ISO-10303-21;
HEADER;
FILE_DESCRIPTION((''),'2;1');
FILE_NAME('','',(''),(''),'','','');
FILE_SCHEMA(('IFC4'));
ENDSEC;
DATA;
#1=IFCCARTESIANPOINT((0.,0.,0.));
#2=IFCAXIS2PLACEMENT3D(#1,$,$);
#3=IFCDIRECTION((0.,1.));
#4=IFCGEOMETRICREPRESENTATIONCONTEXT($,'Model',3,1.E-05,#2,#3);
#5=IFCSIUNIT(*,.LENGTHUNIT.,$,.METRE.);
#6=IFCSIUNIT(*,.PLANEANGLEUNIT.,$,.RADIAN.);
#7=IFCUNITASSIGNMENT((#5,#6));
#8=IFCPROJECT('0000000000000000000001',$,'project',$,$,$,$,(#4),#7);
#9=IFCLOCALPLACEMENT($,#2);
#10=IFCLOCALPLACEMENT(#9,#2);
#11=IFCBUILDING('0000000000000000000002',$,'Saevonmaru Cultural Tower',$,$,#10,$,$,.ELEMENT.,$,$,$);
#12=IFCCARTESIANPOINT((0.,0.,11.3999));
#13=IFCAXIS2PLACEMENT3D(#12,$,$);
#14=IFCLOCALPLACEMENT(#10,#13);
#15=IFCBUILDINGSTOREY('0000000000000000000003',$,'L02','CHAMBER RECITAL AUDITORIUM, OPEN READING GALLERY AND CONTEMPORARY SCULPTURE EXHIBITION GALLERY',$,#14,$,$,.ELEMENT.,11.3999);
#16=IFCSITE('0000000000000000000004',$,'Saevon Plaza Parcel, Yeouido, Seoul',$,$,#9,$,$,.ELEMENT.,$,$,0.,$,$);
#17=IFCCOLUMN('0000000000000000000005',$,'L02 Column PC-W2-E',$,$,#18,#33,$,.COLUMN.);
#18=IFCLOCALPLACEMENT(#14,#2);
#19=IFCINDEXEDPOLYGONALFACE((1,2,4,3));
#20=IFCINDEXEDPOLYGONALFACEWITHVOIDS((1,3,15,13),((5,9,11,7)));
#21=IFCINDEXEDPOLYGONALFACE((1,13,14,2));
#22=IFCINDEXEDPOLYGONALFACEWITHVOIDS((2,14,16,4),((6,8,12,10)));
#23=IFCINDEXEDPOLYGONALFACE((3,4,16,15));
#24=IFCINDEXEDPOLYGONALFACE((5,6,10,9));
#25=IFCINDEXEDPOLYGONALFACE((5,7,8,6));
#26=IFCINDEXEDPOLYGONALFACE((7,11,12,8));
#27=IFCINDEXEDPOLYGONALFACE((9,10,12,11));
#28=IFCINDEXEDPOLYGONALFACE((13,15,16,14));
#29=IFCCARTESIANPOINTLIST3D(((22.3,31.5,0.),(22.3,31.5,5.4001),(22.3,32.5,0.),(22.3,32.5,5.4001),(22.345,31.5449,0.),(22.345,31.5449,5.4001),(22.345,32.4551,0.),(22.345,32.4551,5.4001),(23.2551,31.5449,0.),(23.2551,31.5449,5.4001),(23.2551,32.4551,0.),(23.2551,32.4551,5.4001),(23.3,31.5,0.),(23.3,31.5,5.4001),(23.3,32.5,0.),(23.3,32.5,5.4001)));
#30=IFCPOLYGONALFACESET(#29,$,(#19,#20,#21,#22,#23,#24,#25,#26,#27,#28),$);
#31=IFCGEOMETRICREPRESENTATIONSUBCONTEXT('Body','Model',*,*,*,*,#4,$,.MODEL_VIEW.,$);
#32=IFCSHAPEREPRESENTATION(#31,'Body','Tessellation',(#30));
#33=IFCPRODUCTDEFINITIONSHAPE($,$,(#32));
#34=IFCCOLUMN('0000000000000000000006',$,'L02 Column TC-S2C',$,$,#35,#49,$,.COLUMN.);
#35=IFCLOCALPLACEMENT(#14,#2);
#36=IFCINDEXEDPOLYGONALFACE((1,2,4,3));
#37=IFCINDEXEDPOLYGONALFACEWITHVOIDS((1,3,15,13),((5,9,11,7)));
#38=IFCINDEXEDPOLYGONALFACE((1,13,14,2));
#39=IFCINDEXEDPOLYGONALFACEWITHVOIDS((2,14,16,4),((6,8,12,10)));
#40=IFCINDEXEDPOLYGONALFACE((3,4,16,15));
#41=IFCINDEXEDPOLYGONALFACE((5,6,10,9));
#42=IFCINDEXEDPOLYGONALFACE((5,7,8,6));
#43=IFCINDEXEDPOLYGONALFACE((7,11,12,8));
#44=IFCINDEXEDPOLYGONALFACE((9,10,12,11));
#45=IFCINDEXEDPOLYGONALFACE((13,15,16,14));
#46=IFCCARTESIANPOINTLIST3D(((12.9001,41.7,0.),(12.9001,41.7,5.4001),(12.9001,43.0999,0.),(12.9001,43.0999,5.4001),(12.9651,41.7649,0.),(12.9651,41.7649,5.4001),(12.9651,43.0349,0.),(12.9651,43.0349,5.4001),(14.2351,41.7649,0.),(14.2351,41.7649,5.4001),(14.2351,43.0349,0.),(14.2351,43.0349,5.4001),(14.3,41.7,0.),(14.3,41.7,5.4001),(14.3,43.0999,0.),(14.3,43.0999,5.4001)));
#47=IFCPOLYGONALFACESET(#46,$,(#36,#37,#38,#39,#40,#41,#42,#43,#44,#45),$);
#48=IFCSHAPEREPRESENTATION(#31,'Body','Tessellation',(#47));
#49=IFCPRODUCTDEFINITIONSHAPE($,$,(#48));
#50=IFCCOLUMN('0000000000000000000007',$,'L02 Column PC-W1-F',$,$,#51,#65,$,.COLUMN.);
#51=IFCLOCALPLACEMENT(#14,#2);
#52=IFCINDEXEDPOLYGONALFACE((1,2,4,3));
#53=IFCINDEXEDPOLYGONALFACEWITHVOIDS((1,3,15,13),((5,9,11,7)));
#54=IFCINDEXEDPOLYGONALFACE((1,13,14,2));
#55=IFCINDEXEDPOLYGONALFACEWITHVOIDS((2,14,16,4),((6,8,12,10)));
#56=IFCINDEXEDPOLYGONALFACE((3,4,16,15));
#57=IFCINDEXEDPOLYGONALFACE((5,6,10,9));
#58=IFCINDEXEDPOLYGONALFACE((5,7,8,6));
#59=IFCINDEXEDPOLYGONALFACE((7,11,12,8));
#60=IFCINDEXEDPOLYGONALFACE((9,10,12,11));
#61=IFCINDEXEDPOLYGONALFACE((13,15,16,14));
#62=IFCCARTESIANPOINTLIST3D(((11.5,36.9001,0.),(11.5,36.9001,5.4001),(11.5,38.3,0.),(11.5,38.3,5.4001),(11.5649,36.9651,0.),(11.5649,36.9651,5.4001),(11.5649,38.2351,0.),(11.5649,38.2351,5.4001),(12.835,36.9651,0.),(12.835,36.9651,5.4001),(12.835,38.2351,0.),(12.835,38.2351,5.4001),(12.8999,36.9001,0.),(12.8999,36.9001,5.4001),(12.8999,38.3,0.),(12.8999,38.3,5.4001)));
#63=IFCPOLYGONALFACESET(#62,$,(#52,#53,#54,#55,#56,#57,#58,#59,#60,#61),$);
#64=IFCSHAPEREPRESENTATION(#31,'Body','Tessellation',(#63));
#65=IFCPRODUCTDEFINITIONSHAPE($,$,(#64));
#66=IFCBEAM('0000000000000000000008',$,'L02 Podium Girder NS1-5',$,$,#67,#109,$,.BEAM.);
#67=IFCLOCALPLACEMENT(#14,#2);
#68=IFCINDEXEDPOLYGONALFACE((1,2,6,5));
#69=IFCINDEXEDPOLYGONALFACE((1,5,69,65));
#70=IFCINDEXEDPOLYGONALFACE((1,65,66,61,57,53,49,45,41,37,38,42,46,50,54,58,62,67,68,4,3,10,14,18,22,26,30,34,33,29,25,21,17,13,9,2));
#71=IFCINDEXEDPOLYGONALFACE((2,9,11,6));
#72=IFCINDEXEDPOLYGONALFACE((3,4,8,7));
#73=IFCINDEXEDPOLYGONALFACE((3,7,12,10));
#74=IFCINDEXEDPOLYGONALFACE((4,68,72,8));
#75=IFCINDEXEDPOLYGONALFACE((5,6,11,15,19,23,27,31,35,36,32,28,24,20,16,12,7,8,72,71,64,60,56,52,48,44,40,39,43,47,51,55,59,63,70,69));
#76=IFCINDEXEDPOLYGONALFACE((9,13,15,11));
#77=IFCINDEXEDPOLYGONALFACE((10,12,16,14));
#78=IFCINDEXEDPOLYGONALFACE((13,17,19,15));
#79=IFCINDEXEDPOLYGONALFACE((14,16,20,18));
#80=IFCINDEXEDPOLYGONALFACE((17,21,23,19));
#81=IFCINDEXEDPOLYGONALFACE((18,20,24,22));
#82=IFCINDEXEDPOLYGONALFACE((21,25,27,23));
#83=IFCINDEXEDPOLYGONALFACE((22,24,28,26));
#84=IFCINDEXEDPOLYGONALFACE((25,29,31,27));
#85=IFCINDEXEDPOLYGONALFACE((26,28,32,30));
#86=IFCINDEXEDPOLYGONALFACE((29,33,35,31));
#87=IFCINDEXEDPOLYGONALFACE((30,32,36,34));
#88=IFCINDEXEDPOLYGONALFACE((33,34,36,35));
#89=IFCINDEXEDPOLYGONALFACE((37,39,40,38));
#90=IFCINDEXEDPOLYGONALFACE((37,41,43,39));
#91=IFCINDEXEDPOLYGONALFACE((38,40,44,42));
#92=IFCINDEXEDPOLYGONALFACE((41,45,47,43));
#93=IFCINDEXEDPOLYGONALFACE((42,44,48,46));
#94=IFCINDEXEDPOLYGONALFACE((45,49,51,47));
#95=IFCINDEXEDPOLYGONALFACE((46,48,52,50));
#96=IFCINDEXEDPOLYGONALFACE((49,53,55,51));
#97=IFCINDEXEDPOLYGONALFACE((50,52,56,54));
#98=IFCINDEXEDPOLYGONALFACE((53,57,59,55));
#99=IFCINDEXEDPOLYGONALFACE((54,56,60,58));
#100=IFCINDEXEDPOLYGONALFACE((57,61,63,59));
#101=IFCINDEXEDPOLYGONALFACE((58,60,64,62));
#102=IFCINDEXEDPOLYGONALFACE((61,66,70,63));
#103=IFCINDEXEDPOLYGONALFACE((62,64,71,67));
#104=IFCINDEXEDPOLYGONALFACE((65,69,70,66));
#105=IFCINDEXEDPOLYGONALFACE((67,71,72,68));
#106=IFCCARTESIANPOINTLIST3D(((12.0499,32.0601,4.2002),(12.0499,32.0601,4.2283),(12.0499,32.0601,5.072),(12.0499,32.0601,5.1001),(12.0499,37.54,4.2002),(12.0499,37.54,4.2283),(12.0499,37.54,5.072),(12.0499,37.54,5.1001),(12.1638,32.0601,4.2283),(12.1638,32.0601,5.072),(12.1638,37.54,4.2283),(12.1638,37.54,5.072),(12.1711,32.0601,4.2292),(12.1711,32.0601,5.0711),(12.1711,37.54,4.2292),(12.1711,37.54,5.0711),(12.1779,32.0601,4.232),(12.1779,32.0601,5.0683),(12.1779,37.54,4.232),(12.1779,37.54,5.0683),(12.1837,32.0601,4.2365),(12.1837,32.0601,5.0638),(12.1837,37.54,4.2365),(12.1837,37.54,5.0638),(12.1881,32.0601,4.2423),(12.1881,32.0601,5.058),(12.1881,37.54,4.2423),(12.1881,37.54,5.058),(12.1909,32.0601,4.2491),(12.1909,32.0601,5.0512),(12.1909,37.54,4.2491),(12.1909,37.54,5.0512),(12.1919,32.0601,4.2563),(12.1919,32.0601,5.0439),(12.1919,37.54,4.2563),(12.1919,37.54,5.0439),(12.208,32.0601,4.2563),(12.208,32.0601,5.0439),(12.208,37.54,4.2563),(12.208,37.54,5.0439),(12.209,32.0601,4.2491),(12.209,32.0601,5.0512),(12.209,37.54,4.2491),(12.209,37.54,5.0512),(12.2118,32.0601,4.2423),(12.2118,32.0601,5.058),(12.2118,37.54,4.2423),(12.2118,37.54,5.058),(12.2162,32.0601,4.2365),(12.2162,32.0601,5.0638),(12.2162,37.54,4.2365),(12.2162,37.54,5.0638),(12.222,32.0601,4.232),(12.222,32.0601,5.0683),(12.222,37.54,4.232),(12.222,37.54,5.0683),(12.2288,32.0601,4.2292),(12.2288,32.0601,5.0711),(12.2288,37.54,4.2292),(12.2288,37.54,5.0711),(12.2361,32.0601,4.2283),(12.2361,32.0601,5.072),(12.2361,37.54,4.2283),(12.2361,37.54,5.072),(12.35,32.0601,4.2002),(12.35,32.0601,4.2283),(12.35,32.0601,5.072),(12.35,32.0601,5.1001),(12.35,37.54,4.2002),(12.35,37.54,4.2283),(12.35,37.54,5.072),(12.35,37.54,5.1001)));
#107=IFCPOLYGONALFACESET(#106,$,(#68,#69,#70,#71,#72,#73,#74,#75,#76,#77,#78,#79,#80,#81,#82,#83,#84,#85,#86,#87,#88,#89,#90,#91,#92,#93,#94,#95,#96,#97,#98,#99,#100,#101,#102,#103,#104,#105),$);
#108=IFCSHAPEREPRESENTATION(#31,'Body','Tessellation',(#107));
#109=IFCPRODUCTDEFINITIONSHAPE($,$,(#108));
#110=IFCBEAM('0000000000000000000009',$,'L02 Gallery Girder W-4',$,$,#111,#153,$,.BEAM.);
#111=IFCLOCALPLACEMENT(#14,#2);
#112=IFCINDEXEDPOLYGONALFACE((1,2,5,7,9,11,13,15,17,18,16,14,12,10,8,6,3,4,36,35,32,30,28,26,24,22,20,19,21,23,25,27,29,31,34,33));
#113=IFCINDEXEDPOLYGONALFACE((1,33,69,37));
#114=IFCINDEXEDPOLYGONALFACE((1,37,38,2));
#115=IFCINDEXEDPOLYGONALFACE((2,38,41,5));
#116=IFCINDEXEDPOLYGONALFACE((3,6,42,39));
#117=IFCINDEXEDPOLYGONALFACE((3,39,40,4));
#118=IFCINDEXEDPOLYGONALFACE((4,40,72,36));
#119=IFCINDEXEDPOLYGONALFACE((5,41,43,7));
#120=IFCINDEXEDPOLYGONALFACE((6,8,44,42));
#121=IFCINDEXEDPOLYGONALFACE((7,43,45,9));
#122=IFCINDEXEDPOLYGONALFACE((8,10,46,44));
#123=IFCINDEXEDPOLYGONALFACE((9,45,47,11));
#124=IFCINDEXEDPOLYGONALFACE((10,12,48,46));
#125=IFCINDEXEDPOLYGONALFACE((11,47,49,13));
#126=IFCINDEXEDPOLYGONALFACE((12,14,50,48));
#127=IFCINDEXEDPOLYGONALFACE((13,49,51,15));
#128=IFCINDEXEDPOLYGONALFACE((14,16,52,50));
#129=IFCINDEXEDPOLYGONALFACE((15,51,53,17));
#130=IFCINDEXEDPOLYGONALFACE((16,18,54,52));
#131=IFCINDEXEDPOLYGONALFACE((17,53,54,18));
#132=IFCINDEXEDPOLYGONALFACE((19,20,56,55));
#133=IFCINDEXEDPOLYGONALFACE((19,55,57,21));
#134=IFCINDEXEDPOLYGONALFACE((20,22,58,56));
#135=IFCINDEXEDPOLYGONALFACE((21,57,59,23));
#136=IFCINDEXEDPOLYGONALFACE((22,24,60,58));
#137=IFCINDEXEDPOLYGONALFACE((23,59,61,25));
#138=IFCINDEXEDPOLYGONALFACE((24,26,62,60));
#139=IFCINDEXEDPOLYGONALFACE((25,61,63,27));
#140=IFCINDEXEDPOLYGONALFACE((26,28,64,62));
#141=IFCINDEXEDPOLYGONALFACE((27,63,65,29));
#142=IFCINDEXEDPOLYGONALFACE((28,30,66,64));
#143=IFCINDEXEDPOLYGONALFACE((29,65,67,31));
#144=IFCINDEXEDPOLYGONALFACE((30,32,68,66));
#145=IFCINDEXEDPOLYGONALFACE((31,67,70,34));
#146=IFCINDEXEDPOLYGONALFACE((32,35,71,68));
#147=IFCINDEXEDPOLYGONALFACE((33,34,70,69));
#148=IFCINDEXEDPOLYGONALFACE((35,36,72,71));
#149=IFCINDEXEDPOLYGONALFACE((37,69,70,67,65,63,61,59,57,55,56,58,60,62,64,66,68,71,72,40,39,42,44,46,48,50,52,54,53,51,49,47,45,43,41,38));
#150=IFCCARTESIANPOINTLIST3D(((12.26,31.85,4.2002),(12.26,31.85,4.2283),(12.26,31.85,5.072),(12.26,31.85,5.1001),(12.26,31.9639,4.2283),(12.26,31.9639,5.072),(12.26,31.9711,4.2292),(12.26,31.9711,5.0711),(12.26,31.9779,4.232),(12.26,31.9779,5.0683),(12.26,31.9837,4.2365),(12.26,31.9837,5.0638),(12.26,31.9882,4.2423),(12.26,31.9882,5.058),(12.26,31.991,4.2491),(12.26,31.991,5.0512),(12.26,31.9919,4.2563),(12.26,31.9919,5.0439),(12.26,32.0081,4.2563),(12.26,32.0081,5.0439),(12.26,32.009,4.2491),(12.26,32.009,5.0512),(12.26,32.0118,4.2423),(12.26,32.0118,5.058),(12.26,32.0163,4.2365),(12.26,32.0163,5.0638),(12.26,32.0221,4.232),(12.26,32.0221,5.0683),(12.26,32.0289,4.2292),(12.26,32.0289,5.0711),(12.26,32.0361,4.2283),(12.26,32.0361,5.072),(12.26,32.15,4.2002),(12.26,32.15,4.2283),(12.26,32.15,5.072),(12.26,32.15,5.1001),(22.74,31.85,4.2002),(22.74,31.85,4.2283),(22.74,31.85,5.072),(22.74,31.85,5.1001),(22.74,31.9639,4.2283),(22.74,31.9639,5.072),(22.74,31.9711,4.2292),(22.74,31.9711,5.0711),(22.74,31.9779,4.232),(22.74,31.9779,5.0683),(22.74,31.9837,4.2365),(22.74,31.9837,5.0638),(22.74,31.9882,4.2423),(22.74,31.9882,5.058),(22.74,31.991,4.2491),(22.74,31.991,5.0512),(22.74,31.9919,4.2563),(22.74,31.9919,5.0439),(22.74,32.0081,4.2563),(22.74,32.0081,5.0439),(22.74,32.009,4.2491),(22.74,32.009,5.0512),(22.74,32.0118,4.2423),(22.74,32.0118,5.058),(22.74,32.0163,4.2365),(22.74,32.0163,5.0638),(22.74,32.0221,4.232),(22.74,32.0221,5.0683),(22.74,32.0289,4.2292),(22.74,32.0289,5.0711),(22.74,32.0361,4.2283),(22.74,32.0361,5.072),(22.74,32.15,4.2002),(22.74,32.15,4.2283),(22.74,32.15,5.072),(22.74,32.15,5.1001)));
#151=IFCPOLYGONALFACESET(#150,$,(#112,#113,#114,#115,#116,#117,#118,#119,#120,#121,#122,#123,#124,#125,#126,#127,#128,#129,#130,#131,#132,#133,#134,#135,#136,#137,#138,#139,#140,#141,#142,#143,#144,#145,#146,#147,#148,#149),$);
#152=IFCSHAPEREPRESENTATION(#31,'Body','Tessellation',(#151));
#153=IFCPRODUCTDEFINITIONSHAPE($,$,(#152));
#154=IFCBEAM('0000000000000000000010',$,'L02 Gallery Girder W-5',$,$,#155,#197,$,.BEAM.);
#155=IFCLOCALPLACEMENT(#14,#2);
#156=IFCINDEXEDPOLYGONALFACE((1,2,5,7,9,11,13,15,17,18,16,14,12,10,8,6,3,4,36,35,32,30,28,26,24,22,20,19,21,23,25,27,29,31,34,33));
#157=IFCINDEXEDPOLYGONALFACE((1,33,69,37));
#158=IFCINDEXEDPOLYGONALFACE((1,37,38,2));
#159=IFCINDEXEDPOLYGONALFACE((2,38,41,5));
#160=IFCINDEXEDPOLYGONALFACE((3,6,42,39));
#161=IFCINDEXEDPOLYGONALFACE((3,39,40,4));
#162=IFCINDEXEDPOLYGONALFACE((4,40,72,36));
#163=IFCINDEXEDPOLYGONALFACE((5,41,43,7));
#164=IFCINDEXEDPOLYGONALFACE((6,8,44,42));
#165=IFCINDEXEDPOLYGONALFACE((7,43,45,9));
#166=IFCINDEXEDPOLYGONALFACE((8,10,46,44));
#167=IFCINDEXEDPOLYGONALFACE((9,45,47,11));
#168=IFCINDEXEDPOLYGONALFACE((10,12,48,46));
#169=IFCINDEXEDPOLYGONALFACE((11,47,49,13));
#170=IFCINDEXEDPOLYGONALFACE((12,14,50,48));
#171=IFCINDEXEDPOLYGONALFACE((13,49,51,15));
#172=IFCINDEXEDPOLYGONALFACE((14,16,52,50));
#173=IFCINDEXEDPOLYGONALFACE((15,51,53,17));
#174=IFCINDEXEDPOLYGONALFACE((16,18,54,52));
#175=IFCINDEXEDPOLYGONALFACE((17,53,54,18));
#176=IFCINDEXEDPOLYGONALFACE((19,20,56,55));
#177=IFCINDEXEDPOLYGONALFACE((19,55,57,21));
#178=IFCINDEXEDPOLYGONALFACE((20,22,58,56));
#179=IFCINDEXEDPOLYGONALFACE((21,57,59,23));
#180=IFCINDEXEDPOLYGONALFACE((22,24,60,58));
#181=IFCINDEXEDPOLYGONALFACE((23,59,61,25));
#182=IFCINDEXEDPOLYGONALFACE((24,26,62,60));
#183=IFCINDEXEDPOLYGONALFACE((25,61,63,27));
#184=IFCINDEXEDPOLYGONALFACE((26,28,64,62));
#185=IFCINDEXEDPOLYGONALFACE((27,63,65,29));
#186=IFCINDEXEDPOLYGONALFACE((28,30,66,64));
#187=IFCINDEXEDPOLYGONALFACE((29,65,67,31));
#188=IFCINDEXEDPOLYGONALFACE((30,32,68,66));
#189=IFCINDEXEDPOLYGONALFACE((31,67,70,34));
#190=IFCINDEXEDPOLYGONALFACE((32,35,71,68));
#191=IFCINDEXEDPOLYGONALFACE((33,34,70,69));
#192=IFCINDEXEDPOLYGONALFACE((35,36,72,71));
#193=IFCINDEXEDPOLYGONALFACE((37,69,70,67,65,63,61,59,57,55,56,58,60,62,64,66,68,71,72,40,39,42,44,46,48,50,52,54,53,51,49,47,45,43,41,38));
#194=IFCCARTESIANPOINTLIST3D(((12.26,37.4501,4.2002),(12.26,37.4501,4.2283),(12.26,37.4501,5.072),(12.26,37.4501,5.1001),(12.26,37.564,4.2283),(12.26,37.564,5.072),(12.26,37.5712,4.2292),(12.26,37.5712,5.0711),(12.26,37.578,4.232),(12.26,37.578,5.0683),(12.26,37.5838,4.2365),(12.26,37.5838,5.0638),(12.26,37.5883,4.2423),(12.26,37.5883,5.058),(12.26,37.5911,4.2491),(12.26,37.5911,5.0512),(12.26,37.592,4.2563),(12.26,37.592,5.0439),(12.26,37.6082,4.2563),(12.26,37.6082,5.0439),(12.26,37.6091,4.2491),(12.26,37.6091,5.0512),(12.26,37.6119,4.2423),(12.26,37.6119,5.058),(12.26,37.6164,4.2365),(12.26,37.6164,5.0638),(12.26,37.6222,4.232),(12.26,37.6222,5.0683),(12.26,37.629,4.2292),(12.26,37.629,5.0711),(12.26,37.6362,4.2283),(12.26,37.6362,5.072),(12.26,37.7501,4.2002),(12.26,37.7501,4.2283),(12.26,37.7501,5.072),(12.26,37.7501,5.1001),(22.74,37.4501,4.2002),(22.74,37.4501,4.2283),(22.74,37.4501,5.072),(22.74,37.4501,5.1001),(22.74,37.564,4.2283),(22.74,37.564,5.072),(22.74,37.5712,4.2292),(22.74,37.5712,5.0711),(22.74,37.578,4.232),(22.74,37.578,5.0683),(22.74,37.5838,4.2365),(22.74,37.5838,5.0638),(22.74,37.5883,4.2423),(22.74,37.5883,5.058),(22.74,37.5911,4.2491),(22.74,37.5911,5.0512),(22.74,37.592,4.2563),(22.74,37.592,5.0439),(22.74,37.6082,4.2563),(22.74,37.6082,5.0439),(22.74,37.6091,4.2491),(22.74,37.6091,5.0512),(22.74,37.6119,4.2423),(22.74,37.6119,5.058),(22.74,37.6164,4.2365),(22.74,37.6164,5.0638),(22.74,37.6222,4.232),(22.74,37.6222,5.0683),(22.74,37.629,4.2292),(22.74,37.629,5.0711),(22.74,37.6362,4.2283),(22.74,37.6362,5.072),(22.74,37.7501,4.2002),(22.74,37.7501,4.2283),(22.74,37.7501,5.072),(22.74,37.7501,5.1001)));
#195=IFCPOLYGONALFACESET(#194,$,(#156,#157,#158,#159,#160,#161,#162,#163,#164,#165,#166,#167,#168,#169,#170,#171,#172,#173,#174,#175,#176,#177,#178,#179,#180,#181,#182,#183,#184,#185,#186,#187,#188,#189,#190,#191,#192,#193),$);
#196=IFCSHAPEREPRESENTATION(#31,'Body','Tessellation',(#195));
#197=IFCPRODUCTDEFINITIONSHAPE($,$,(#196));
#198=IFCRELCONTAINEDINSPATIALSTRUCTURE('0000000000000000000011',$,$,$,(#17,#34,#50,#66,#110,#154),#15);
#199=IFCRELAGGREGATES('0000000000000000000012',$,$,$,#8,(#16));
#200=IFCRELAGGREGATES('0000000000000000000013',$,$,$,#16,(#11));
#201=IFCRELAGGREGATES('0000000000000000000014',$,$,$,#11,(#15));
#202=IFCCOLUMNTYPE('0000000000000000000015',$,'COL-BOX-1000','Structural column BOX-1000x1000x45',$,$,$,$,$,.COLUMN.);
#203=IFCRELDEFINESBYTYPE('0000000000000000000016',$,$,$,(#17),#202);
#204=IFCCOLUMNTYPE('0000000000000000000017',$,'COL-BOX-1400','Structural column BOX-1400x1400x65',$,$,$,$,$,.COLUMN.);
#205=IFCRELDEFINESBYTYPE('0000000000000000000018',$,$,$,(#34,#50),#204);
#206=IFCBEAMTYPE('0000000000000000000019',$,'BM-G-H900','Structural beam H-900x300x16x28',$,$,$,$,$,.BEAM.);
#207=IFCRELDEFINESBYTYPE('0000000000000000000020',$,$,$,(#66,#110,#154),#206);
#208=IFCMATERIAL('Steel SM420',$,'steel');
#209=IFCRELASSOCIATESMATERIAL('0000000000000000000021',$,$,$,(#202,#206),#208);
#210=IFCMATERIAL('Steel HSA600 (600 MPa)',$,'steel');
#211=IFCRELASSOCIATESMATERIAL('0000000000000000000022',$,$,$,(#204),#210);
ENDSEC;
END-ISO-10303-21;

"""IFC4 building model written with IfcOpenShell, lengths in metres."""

from ifc_helpers import new_model, si_unit, direction, frame, origin, origin_2d, place, context, subcontext, project, spatial, hollow_rectangle, i_section, extrude, material, material_profile, profile_set, type_object, element, save


model = new_model("IFC4")

# Units and contexts
model_context = context("Model", 3, precision=1e-05, world=origin(), true_north=direction((0.0, 1.0)))
body_context = subcontext(model_context, "Body", "Model", "MODEL_VIEW")
ifc_project = project(units=[si_unit("LENGTHUNIT", "METRE"), si_unit("PLANEANGLEUNIT", "RADIAN")], contexts=[model_context])

# Site, building, storey
site_placement = place(None, origin())
site = spatial("IfcSite", under=ifc_project, at=site_placement, Name="Saevon Plaza Parcel, Yeouido, Seoul", CompositionType="ELEMENT", RefElevation=0.0)
building_placement = place(site_placement, origin())
building = spatial("IfcBuilding", under=site, at=building_placement, Name="Saevonmaru Cultural Tower", CompositionType="ELEMENT")
storey_placement = place(building_placement, frame((0.0, 0.0, 11.3999)))
storey = spatial("IfcBuildingStorey", under=building, at=storey_placement, Name="L02", Description="CHAMBER RECITAL AUDITORIUM, OPEN READING GALLERY AND CONTEMPORARY SCULPTURE EXHIBITION GALLERY", CompositionType="ELEMENT", Elevation=11.3999)

# Columns
ifc_material_1 = material(Name="Steel SM420", Category="steel")
ifc_material_profile_1 = material_profile(ifc_material_1, hollow_rectangle(XDim=1.0, YDim=1.0, WallThickness=0.0449, at=origin_2d()), Name="BOX-1000x1000x45")
ifc_profile_set_1 = profile_set([ifc_material_profile_1], Name="Steel SM420")
column_type_1 = type_object("IfcColumnType", Name="COL-BOX-1000", Description="Structural column BOX-1000x1000x45", PredefinedType="COLUMN", material=ifc_profile_set_1)
column_placement = place(storey_placement, frame((22.8, 32.0, 0.0), z_axis=(0.0, 0.0, 1.0), x_axis=(1.0, 0.0, 0.0)))
element("IfcColumn", 1, at=column_placement, inside=storey, type_object=column_type_1, Name="L02 Column PC-W2-E", PredefinedType="COLUMN", context=body_context, shape_type="SweptSolid", body=[
    extrude(hollow_rectangle(XDim=1.0, YDim=1.0, WallThickness=0.0449, at=origin_2d()), origin(), (0.0, 0.0, 1.0), 5.4001),
])
ifc_material_2 = material(Name="Steel HSA600 (600 MPa)", Category="steel")
ifc_material_profile_2 = material_profile(ifc_material_2, hollow_rectangle(XDim=1.3999, YDim=1.3999, WallThickness=0.0649, at=origin_2d()), Name="BOX-1400x1400x65")
ifc_profile_set_2 = profile_set([ifc_material_profile_2], Name="Steel HSA600 (600 MPa)")
column_type_2 = type_object("IfcColumnType", Name="COL-BOX-1400", Description="Structural column BOX-1400x1400x65", PredefinedType="COLUMN", material=ifc_profile_set_2)
for number, where, z_axis, x_axis, name in (
    (2, (13.6001, 42.3999, 0.0), (0.0, 0.0, 1.0), (1.0, 0.0, 0.0), "L02 Column TC-S2C"),
    (3, (12.2, 37.6001, 0.0), (0.0, 0.0, 1.0), (1.0, 0.0, 0.0), "L02 Column PC-W1-F"),
):
    element("IfcColumn", number, at=place(storey_placement, frame(where, z_axis=z_axis, x_axis=x_axis)), inside=storey, type_object=column_type_2, Name=name, PredefinedType="COLUMN", context=body_context, shape_type="SweptSolid", body=[
        extrude(hollow_rectangle(XDim=1.3999, YDim=1.3999, WallThickness=0.0649, at=origin_2d()), origin(), (0.0, 0.0, 1.0), 5.4001),
    ])

# Beams
ifc_material_profile_3 = material_profile(ifc_material_1, i_section(OverallWidth=0.3, OverallDepth=0.8999, WebThickness=0.0161, FlangeThickness=0.0281, FilletRadius=0.0281, at=origin_2d()), Name="H-900x300x16x28")
ifc_profile_set_3 = profile_set([ifc_material_profile_3], Name="Steel SM420")
beam_type_1 = type_object("IfcBeamType", Name="BM-G-H900", Description="Structural beam H-900x300x16x28", PredefinedType="BEAM", material=ifc_profile_set_3)
beam_1_placement = place(storey_placement, frame((12.2, 32.0601, 4.6501), z_axis=(0.0, 1.0, 0.0), x_axis=(-1.0, 0.0, 0.0)))
element("IfcBeam", 4, at=beam_1_placement, inside=storey, type_object=beam_type_1, Name="L02 Podium Girder NS1-5", PredefinedType="BEAM", context=body_context, shape_type="SweptSolid", body=[
    extrude(i_section(OverallWidth=0.3, OverallDepth=0.8999, WebThickness=0.0161, FlangeThickness=0.0281, FilletRadius=0.0281, at=origin_2d()), origin(), (0.0, 0.0, 1.0), 5.48),
])
for number, where, z_axis, x_axis, name in (
    (5, (12.26, 32.0, 4.6501), (1.0, 0.0, 0.0), (0.0, 1.0, 0.0), "L02 Gallery Girder W-4"),
    (6, (12.26, 37.6001, 4.6501), (1.0, 0.0, 0.0), (0.0, 1.0, 0.0), "L02 Gallery Girder W-5"),
):
    element("IfcBeam", number, at=place(storey_placement, frame(where, z_axis=z_axis, x_axis=x_axis)), inside=storey, type_object=beam_type_1, Name=name, PredefinedType="BEAM", context=body_context, shape_type="SweptSolid", body=[
        extrude(i_section(OverallWidth=0.3, OverallDepth=0.8999, WebThickness=0.0161, FlangeThickness=0.0281, FilletRadius=0.0281, at=origin_2d()), origin(), (0.0, 0.0, 1.0), 10.48),
    ])

save(model, "model.ifc")
